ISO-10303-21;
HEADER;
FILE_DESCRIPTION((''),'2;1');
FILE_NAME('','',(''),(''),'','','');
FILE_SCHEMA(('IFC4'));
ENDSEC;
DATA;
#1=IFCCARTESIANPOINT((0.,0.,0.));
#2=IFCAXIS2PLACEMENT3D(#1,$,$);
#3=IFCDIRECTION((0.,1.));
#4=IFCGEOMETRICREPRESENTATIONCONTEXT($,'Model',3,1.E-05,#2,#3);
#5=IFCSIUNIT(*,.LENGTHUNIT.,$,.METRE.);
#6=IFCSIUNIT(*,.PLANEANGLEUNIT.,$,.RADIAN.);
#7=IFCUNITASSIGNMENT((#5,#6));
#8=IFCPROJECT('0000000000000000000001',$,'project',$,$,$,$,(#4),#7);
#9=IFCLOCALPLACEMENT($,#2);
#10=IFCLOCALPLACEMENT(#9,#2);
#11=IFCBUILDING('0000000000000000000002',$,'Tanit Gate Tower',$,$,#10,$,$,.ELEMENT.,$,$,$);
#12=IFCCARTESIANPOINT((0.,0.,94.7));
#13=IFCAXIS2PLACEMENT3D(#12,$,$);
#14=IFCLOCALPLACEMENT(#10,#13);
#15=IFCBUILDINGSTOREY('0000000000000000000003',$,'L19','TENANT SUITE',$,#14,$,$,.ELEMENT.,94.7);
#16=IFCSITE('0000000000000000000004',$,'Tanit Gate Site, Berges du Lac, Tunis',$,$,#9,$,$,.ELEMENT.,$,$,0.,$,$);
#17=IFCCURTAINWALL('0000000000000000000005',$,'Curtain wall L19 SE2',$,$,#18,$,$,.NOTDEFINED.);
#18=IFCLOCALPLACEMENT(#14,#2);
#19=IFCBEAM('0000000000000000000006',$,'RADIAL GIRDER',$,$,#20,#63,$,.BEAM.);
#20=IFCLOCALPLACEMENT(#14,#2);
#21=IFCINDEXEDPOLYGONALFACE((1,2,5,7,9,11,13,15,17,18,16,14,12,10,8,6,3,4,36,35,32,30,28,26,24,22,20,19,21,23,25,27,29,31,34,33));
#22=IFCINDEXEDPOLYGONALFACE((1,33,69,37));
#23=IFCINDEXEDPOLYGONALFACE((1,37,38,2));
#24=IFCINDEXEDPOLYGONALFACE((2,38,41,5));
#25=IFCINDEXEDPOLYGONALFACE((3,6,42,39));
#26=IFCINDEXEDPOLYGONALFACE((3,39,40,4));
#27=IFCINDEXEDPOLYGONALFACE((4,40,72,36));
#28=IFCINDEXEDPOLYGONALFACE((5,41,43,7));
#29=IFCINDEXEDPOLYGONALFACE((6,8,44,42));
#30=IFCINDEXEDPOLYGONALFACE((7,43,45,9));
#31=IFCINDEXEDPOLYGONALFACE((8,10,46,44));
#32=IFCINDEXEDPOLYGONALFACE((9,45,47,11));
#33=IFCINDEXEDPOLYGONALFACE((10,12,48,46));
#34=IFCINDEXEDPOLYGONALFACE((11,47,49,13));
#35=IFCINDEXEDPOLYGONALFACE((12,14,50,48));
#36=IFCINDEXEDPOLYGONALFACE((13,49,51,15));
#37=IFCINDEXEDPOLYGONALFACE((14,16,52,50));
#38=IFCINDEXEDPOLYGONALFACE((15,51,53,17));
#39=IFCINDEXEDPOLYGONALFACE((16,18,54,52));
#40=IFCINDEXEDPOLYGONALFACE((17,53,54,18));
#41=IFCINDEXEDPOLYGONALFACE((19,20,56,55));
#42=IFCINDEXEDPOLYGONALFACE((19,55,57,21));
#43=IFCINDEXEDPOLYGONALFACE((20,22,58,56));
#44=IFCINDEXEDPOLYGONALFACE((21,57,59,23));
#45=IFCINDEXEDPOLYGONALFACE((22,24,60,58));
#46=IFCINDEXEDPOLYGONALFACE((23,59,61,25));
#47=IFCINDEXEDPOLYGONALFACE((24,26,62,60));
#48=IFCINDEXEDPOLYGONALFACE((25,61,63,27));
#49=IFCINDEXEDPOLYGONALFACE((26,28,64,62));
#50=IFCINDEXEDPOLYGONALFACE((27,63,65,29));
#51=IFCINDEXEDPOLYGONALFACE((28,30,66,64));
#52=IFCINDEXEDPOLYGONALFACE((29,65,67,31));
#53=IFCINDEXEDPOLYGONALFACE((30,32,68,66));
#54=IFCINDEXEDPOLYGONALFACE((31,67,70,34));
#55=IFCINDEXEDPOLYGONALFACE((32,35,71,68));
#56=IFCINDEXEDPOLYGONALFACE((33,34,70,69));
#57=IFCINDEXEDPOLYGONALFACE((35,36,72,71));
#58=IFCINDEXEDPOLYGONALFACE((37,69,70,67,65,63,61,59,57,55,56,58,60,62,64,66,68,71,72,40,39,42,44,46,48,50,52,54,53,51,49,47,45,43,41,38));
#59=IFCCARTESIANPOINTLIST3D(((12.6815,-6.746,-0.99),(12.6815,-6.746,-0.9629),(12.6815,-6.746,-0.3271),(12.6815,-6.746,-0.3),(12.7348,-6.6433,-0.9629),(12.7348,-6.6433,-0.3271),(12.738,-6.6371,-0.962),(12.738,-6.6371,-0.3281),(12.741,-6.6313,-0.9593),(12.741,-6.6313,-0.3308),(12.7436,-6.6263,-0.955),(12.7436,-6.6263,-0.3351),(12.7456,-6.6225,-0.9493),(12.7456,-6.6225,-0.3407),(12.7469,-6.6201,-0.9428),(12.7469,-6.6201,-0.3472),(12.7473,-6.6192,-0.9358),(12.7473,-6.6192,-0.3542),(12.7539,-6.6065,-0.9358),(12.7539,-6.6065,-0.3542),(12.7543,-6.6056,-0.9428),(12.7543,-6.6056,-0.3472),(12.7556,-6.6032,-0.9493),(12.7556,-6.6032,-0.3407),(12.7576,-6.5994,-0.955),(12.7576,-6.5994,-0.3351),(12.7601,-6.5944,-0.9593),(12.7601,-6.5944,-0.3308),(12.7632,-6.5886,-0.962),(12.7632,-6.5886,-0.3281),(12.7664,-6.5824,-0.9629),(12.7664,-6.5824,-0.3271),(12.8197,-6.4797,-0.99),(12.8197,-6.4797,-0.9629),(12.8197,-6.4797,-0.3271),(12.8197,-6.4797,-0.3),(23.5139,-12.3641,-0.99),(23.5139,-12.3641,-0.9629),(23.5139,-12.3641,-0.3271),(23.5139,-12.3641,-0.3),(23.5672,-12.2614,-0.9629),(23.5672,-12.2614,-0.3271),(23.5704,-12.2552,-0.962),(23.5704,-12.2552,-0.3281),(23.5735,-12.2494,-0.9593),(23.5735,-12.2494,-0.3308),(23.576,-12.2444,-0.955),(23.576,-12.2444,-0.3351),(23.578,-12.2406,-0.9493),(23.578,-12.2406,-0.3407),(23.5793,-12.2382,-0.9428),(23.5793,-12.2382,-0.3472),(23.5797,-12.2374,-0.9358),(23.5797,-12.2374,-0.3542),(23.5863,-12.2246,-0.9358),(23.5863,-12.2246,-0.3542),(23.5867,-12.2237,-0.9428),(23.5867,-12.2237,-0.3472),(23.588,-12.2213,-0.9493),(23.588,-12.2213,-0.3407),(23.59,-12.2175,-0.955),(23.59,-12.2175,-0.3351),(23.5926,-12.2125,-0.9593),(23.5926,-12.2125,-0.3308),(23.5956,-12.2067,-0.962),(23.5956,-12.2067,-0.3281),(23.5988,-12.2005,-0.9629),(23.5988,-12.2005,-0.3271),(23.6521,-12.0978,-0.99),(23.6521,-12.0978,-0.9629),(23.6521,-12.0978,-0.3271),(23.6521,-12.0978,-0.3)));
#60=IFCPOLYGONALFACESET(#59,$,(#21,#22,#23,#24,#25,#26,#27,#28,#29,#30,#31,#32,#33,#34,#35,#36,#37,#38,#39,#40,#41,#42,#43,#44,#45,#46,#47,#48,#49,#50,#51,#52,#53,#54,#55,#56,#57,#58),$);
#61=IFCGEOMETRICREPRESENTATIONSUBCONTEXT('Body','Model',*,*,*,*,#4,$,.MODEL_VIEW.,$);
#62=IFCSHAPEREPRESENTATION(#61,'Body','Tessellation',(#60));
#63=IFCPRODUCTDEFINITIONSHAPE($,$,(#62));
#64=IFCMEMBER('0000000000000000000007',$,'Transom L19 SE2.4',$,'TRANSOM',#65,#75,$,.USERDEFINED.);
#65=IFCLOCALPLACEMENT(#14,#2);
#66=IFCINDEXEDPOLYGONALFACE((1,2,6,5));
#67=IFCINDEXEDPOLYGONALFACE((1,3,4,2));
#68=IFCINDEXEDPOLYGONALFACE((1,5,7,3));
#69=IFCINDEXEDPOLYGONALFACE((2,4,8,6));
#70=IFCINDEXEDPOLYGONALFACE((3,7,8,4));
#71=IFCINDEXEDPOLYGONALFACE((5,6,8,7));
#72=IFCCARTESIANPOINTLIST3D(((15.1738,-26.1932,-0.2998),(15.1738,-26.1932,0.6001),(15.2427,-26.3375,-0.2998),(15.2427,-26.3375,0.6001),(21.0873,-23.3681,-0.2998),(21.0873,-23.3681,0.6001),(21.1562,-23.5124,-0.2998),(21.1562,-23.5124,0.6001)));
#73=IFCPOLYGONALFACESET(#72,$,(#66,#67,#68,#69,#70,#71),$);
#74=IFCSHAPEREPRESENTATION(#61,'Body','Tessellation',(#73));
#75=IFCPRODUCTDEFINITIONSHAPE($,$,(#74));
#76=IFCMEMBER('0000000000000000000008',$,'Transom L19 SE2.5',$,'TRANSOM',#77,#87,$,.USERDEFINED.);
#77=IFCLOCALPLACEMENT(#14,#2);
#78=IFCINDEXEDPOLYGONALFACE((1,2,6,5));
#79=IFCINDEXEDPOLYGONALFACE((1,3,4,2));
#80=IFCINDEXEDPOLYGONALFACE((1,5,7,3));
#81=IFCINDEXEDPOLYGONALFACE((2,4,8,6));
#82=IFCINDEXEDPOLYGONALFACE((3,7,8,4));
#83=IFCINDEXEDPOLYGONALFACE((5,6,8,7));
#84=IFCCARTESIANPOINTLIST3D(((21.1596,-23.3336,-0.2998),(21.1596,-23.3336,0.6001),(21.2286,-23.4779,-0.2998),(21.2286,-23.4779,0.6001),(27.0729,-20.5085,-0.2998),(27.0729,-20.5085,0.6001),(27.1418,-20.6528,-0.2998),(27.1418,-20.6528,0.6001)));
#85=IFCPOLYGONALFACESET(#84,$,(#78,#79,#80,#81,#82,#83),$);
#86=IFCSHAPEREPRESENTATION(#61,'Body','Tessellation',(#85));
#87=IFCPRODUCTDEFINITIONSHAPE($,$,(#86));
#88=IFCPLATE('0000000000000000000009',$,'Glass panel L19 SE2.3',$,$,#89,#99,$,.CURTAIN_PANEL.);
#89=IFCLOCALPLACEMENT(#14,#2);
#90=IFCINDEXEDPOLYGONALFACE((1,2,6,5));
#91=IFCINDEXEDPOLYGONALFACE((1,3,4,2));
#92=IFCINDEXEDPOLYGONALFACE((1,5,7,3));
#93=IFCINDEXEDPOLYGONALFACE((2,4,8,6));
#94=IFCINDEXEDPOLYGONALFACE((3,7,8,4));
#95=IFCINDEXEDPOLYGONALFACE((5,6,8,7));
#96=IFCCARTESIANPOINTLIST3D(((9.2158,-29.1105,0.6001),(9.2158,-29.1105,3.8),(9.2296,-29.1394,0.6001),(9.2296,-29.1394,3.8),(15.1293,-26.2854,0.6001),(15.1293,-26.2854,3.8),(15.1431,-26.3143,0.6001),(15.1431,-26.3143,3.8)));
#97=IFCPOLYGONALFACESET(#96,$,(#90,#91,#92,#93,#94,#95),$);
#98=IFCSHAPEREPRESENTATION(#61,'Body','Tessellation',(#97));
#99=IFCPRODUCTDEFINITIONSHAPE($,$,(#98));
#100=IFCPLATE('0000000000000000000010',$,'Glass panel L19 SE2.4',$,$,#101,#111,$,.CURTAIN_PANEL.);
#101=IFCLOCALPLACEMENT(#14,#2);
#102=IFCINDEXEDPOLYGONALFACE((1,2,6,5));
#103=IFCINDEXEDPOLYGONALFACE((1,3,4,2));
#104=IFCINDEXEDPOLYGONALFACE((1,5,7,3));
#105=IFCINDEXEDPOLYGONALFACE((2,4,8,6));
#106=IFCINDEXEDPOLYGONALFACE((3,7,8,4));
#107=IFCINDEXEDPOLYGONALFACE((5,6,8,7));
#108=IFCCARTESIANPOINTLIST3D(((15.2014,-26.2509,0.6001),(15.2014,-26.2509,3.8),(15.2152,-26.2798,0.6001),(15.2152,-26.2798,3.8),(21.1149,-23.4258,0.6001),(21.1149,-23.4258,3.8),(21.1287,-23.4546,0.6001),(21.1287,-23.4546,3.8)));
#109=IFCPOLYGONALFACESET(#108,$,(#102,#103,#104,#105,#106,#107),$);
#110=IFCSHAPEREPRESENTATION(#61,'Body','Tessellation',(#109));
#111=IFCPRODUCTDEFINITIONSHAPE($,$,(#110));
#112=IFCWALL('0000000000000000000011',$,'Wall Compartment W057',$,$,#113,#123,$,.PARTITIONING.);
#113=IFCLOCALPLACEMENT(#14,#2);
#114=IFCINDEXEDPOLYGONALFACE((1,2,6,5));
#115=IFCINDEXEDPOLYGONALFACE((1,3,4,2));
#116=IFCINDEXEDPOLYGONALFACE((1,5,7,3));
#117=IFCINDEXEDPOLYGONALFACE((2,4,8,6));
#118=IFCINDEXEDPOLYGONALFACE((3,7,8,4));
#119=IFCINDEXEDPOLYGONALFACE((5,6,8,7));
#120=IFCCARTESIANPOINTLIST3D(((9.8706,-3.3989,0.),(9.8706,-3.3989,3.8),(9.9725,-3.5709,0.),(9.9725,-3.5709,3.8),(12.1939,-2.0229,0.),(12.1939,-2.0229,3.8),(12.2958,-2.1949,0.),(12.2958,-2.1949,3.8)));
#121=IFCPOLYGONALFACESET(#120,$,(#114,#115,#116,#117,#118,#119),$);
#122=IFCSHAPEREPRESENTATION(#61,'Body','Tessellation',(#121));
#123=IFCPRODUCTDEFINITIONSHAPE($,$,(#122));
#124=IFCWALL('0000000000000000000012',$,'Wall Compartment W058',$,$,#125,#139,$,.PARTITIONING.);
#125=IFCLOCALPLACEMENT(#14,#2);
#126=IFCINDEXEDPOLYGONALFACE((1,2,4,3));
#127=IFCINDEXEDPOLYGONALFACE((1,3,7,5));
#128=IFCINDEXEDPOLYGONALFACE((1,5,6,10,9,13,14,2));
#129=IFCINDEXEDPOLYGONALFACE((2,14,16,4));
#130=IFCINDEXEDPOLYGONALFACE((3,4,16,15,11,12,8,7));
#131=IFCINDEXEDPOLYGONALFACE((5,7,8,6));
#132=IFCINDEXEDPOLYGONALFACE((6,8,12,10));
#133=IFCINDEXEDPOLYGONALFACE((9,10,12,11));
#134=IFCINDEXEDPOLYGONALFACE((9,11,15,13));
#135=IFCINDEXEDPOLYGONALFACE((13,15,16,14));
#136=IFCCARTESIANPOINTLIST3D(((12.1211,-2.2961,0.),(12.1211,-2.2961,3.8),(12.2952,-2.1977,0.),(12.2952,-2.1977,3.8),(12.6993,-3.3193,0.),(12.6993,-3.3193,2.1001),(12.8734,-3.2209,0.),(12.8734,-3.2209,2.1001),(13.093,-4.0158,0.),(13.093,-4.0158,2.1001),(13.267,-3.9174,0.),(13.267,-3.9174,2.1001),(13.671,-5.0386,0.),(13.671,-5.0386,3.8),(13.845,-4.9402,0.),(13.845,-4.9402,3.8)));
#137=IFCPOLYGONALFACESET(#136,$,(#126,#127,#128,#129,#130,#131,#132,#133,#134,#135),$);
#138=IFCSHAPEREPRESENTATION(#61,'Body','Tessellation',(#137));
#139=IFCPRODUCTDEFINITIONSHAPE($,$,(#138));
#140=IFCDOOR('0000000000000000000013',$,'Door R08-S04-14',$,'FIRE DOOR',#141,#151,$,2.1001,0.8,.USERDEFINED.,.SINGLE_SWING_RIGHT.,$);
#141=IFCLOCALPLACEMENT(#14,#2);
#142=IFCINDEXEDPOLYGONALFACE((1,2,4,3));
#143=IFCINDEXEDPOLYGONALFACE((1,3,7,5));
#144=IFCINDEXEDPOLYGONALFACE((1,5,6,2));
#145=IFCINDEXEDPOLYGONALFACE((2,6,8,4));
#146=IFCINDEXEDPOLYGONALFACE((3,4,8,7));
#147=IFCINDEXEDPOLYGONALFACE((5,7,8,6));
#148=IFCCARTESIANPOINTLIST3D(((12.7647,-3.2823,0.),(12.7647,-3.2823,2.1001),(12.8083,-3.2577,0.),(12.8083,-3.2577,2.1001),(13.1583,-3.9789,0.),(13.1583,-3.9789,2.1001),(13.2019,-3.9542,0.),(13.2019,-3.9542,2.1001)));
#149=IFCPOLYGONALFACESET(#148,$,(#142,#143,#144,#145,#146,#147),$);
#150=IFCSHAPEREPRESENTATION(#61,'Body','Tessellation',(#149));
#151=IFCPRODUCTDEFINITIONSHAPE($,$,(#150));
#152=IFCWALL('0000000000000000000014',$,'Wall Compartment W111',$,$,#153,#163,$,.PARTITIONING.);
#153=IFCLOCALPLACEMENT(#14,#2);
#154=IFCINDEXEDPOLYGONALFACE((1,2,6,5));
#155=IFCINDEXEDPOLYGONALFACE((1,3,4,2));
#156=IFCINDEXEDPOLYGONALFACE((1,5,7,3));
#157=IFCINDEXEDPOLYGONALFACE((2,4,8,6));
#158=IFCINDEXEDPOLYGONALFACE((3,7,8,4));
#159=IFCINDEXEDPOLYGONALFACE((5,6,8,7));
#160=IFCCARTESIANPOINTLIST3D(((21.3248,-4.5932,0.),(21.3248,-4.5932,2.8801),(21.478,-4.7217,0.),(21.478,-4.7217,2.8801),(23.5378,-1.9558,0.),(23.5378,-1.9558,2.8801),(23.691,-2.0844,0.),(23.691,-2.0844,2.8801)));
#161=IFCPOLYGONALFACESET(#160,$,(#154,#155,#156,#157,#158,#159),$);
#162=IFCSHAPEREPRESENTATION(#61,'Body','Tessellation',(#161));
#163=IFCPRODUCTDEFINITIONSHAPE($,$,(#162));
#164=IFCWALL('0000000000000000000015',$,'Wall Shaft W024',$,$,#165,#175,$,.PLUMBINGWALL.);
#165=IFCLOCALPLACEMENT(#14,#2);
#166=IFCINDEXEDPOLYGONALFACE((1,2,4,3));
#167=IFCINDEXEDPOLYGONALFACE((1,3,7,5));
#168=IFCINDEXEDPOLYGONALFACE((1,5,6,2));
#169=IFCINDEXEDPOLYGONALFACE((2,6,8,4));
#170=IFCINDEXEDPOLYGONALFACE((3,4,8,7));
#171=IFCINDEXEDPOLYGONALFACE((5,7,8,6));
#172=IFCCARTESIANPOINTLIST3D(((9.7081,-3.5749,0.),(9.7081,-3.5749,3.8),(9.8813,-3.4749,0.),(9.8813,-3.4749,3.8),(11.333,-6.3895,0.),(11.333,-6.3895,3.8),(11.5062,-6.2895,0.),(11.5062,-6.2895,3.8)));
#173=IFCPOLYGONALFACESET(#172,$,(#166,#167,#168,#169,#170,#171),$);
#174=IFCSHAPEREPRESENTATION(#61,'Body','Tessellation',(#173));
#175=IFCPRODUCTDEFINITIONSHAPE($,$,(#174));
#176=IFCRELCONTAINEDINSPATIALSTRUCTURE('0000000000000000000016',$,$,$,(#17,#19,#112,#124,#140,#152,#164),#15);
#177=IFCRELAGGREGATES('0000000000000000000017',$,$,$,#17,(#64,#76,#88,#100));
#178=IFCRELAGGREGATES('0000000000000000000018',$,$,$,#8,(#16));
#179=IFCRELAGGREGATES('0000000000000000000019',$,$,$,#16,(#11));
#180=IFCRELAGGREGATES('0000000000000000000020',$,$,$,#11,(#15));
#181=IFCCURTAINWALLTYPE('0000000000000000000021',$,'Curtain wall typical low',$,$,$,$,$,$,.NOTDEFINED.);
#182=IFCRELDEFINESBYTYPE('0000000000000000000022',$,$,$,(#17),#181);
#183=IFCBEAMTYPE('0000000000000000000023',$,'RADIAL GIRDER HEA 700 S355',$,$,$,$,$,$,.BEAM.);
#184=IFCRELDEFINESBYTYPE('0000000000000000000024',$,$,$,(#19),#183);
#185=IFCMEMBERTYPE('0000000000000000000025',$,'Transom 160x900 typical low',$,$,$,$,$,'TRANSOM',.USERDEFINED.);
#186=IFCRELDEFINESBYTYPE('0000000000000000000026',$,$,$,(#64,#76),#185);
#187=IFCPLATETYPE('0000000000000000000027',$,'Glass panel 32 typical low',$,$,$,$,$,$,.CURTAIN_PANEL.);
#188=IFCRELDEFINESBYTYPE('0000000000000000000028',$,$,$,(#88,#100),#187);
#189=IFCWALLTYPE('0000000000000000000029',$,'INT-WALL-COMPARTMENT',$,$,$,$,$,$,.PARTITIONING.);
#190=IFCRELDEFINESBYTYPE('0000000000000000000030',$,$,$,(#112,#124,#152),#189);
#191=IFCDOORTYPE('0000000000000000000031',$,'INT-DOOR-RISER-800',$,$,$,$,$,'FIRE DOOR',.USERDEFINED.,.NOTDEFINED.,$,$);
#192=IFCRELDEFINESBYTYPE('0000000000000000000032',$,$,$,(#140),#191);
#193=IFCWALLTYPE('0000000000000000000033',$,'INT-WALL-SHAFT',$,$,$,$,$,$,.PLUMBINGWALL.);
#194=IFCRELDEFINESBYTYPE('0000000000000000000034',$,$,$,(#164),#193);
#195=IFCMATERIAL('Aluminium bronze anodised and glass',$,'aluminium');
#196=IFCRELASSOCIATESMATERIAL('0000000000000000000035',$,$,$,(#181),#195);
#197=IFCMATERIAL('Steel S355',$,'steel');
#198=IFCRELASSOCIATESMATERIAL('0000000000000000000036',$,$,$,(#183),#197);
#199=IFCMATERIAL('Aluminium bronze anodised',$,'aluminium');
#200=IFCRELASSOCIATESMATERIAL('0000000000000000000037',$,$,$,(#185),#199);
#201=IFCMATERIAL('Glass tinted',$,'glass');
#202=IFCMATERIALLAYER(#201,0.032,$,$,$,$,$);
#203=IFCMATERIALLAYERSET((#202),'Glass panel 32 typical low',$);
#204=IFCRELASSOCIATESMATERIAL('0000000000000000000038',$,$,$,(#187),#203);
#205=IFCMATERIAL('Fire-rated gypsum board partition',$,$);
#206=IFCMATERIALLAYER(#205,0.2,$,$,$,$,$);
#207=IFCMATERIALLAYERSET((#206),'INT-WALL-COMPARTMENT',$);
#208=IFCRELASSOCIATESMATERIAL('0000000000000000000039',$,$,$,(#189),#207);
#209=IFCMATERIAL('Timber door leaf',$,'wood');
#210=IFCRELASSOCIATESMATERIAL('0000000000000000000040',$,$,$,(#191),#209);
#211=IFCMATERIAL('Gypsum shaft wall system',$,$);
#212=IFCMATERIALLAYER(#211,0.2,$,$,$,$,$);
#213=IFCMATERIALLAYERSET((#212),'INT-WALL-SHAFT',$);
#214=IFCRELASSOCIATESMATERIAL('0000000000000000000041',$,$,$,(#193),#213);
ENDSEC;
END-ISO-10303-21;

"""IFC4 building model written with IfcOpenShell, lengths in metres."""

from ifc_helpers import new_model, si_unit, direction, frame, frame_2d, origin, origin_2d, place, context, subcontext, project, spatial, rectangle, i_section, extrude, material, layer, layer_set, material_profile, profile_set, type_object, element, fill, aggregate, save


model = new_model("IFC4")

# Units and contexts
model_context = context("Model", 3, precision=1e-05, world=origin(), true_north=direction((0.0, 1.0)))
body_context = subcontext(model_context, "Body", "Model", "MODEL_VIEW")
ifc_project = project(units=[si_unit("LENGTHUNIT", "METRE"), si_unit("PLANEANGLEUNIT", "RADIAN")], contexts=[model_context])

# Site, building, storey
site_placement = place(None, origin())
site = spatial("IfcSite", under=ifc_project, at=site_placement, Name="Tanit Gate Site, Berges du Lac, Tunis", CompositionType="ELEMENT", RefElevation=0.0)
building_placement = place(site_placement, origin())
building = spatial("IfcBuilding", under=site, at=building_placement, Name="Tanit Gate Tower", CompositionType="ELEMENT")
storey_placement = place(building_placement, frame((0.0, 0.0, 94.7)))
storey = spatial("IfcBuildingStorey", under=building, at=storey_placement, Name="L19", Description="TENANT SUITE", CompositionType="ELEMENT", Elevation=94.7)

# Curtain wall
ifc_material_1 = material(Name="Aluminium bronze anodised and glass", Category="aluminium")
curtain_wall_type = type_object("IfcCurtainWallType", Name="Curtain wall typical low", PredefinedType="NOTDEFINED", material=ifc_material_1)
curtain_wall_placement = place(storey_placement, origin())
curtain_wall = element("IfcCurtainWall", 1, at=curtain_wall_placement, inside=storey, type_object=curtain_wall_type, Name="Curtain wall L19 SE2", PredefinedType="NOTDEFINED")

# Beam
ifc_material_2 = material(Name="Steel S355", Category="steel")
ifc_material_profile_1 = material_profile(ifc_material_2, i_section(OverallWidth=0.3, OverallDepth=0.6899, WebThickness=0.0144, FlangeThickness=0.0271, FilletRadius=0.0271, at=origin_2d()), Name="HEA 700")
ifc_profile_set_1 = profile_set([ifc_material_profile_1], Name="Steel S355")
beam_type = type_object("IfcBeamType", Name="RADIAL GIRDER HEA 700 S355", PredefinedType="BEAM", material=ifc_profile_set_1)
beam_1_placement = place(storey_placement, frame((23.583, -12.231, -0.645), z_axis=(-0.887711, 0.460401, 0.0), x_axis=(-0.460401, -0.887711, 0.0)))
element("IfcBeam", 2, at=beam_1_placement, inside=storey, type_object=beam_type, Name="RADIAL GIRDER", PredefinedType="BEAM", context=body_context, shape_type="SweptSolid", body=[
    extrude(i_section(OverallWidth=0.3, OverallDepth=0.6899, WebThickness=0.0144, FlangeThickness=0.0271, FilletRadius=0.0271, at=origin_2d()), origin(), (0.0, 0.0, 1.0), 12.2026),
])

# Members
ifc_material_3 = material(Name="Aluminium bronze anodised", Category="aluminium")
ifc_material_profile_2 = material_profile(ifc_material_3, rectangle(XDim=0.1599, YDim=0.8999, at=origin_2d()), Name="160x900 bronze transom")
ifc_profile_set_2 = profile_set([ifc_material_profile_2], Name="Aluminium bronze anodised")
member_type_1 = type_object("IfcMemberType", Name="Transom 160x900 typical low", ElementType="TRANSOM", PredefinedType="USERDEFINED", material=ifc_profile_set_2)
member_1_placement = place(storey_placement, frame((15.2083, -26.2654, 0.1501), z_axis=(0.902314, 0.431078, 0.0), x_axis=(-0.431078, 0.902314, 0.0)))
member_1 = element("IfcMember", 3, at=member_1_placement, type_object=member_type_1, Name="Transom L19 SE2.4", ObjectType="TRANSOM", PredefinedType="USERDEFINED", context=body_context, shape_type="SweptSolid", body=[
    extrude(rectangle(XDim=0.1599, YDim=0.8999, at=origin_2d()), origin(), (0.0, 0.0, 1.0), 6.5537),
])
member_2_placement = place(storey_placement, frame((21.1941, -23.4058, 0.1501), z_axis=(0.902308, 0.431093, 0.0), x_axis=(-0.431093, 0.902308, 0.0)))
member_2 = element("IfcMember", 4, at=member_2_placement, type_object=member_type_1, Name="Transom L19 SE2.5", ObjectType="TRANSOM", PredefinedType="USERDEFINED", context=body_context, shape_type="SweptSolid", body=[
    extrude(rectangle(XDim=0.1599, YDim=0.8999, at=origin_2d()), origin(), (0.0, 0.0, 1.0), 6.5535),
])

# Plates
ifc_material_4 = material(Name="Glass tinted", Category="glass")
ifc_layer_1 = layer(ifc_material_4, 0.032)
ifc_layer_set_1 = layer_set([ifc_layer_1], Name="Glass panel 32 typical low")
plate_type = type_object("IfcPlateType", Name="Glass panel 32 typical low", PredefinedType="CURTAIN_PANEL", material=ifc_layer_set_1)
plate_1_placement = place(storey_placement, frame((12.1794, -27.7124, 0.6001), z_axis=(0.0, 0.0, 1.0), x_axis=(0.902317, 0.431073, 0.0)))
plate_1 = element("IfcPlate", 5, at=plate_1_placement, type_object=plate_type, Name="Glass panel L19 SE2.3", PredefinedType="CURTAIN_PANEL", context=body_context, shape_type="SweptSolid", body=[
    extrude(rectangle(XDim=6.5537, YDim=0.032, at=origin_2d()), origin(), (0.0, 0.0, 1.0), 3.2),
])
plate_2_placement = place(storey_placement, frame((18.165, -24.8528, 0.6001), z_axis=(0.0, 0.0, 1.0), x_axis=(0.902317, 0.431073, 0.0)))
plate_2 = element("IfcPlate", 6, at=plate_2_placement, type_object=plate_type, Name="Glass panel L19 SE2.4", PredefinedType="CURTAIN_PANEL", context=body_context, shape_type="SweptSolid", body=[
    extrude(rectangle(XDim=6.5537, YDim=0.032, at=origin_2d()), origin(), (0.0, 0.0, 1.0), 3.2),
])
aggregate(curtain_wall, [member_1, member_2, plate_1, plate_2])

# Wall
ifc_material_5 = material(Name="Fire-rated gypsum board partition")
ifc_layer_2 = layer(ifc_material_5, 0.2)
ifc_layer_set_2 = layer_set([ifc_layer_2], Name="INT-WALL-COMPARTMENT")
wall_type_1 = type_object("IfcWallType", Name="INT-WALL-COMPARTMENT", PredefinedType="PARTITIONING", material=ifc_layer_set_2)
wall_1_placement = place(storey_placement, frame((12.2449, -2.1089, 0.0), z_axis=(0.0, 0.0, 1.0), x_axis=(-0.860415, -0.509594, 0.0)))
element("IfcWall", 7, at=wall_1_placement, inside=storey, type_object=wall_type_1, Name="Wall Compartment W057", PredefinedType="PARTITIONING", context=body_context, shape_type="SweptSolid", body=[
    extrude(rectangle(XDim=2.7002, YDim=0.2, at=frame_2d((1.3501, 0.0))), origin(), (0.0, 0.0, 1.0), 3.8),
])

# Wall, opening, door
wall_2_placement = place(storey_placement, frame((13.7581, -4.9895, 0.0), z_axis=(0.0, 0.0, 1.0), x_axis=(-0.491993, 0.870599, 0.0)))
wall_2 = element("IfcWall", 8, at=wall_2_placement, inside=storey, type_object=wall_type_1, Name="Wall Compartment W058", PredefinedType="PARTITIONING", context=body_context, shape_type="SweptSolid", body=[
    extrude(rectangle(XDim=3.1501, YDim=0.2, at=frame_2d((1.5752, 0.0))), origin(), (0.0, 0.0, 1.0), 3.8),
])
opening_1_placement = place(wall_2_placement, frame((1.175, 0.0, 0.0)))
opening_1 = element("IfcOpeningElement", 9, at=opening_1_placement, cuts=wall_2, PredefinedType="OPENING", context=body_context, shape_type="SweptSolid", body=[
    extrude(rectangle(XDim=0.8, YDim=2.1001, at=frame_2d((0.3999, 1.05))), frame((0.0, 0.1099, 0.0), z_axis=(0.0, -1.0, 0.0), x_axis=(1.0, 0.0, 0.0)), (0.0, 0.0, 1.0), 0.22),
])
ifc_material_6 = material(Name="Timber door leaf", Category="wood")
door_type_1 = type_object("IfcDoorType", Name="INT-DOOR-RISER-800", ElementType="FIRE DOOR", OperationType="NOTDEFINED", PredefinedType="USERDEFINED", material=ifc_material_6)
door_1_placement = place(opening_1_placement, origin())
door_1 = element("IfcDoor", 10, at=door_1_placement, inside=storey, type_object=door_type_1, Name="Door R08-S04-14", ObjectType="FIRE DOOR", OperationType="SINGLE_SWING_RIGHT", OverallHeight=2.1001, OverallWidth=0.8, PredefinedType="USERDEFINED", context=body_context, shape_type="SweptSolid", body=[
    extrude(rectangle(XDim=0.8, YDim=2.1001, at=frame_2d((0.3999, 1.05))), frame((0.0, 0.0249, 0.0), z_axis=(0.0, -1.0, 0.0), x_axis=(1.0, 0.0, 0.0)), (0.0, 0.0, 1.0), 0.05),
])
fill(opening_1, door_1)

# Walls
wall_3_placement = place(storey_placement, frame((21.4014, -4.6575, 0.0), z_axis=(0.0, 0.0, 1.0), x_axis=(0.642796, 0.766037, 0.0)))
element("IfcWall", 11, at=wall_3_placement, inside=storey, type_object=wall_type_1, Name="Wall Compartment W111", PredefinedType="PARTITIONING", context=body_context, shape_type="SweptSolid", body=[
    extrude(rectangle(XDim=3.4429, YDim=0.2, at=frame_2d((1.7214, 0.0))), origin(), (0.0, 0.0, 1.0), 2.8801),
])
ifc_material_7 = material(Name="Gypsum shaft wall system")
ifc_layer_3 = layer(ifc_material_7, 0.2)
ifc_layer_set_3 = layer_set([ifc_layer_3], Name="INT-WALL-SHAFT")
wall_type_2 = type_object("IfcWallType", Name="INT-WALL-SHAFT", PredefinedType="PLUMBINGWALL", material=ifc_layer_set_3)
wall_4_placement = place(storey_placement, frame((9.7947, -3.5249, 0.0), z_axis=(0.0, 0.0, 1.0), x_axis=(0.499985, -0.866034, 0.0)))
element("IfcWall", 12, at=wall_4_placement, inside=storey, type_object=wall_type_2, Name="Wall Shaft W024", PredefinedType="PLUMBINGWALL", context=body_context, shape_type="SweptSolid", body=[
    extrude(rectangle(XDim=3.25, YDim=0.2, at=frame_2d((1.625, 0.0))), origin(), (0.0, 0.0, 1.0), 3.8),
])

save(model, "model.ifc")
